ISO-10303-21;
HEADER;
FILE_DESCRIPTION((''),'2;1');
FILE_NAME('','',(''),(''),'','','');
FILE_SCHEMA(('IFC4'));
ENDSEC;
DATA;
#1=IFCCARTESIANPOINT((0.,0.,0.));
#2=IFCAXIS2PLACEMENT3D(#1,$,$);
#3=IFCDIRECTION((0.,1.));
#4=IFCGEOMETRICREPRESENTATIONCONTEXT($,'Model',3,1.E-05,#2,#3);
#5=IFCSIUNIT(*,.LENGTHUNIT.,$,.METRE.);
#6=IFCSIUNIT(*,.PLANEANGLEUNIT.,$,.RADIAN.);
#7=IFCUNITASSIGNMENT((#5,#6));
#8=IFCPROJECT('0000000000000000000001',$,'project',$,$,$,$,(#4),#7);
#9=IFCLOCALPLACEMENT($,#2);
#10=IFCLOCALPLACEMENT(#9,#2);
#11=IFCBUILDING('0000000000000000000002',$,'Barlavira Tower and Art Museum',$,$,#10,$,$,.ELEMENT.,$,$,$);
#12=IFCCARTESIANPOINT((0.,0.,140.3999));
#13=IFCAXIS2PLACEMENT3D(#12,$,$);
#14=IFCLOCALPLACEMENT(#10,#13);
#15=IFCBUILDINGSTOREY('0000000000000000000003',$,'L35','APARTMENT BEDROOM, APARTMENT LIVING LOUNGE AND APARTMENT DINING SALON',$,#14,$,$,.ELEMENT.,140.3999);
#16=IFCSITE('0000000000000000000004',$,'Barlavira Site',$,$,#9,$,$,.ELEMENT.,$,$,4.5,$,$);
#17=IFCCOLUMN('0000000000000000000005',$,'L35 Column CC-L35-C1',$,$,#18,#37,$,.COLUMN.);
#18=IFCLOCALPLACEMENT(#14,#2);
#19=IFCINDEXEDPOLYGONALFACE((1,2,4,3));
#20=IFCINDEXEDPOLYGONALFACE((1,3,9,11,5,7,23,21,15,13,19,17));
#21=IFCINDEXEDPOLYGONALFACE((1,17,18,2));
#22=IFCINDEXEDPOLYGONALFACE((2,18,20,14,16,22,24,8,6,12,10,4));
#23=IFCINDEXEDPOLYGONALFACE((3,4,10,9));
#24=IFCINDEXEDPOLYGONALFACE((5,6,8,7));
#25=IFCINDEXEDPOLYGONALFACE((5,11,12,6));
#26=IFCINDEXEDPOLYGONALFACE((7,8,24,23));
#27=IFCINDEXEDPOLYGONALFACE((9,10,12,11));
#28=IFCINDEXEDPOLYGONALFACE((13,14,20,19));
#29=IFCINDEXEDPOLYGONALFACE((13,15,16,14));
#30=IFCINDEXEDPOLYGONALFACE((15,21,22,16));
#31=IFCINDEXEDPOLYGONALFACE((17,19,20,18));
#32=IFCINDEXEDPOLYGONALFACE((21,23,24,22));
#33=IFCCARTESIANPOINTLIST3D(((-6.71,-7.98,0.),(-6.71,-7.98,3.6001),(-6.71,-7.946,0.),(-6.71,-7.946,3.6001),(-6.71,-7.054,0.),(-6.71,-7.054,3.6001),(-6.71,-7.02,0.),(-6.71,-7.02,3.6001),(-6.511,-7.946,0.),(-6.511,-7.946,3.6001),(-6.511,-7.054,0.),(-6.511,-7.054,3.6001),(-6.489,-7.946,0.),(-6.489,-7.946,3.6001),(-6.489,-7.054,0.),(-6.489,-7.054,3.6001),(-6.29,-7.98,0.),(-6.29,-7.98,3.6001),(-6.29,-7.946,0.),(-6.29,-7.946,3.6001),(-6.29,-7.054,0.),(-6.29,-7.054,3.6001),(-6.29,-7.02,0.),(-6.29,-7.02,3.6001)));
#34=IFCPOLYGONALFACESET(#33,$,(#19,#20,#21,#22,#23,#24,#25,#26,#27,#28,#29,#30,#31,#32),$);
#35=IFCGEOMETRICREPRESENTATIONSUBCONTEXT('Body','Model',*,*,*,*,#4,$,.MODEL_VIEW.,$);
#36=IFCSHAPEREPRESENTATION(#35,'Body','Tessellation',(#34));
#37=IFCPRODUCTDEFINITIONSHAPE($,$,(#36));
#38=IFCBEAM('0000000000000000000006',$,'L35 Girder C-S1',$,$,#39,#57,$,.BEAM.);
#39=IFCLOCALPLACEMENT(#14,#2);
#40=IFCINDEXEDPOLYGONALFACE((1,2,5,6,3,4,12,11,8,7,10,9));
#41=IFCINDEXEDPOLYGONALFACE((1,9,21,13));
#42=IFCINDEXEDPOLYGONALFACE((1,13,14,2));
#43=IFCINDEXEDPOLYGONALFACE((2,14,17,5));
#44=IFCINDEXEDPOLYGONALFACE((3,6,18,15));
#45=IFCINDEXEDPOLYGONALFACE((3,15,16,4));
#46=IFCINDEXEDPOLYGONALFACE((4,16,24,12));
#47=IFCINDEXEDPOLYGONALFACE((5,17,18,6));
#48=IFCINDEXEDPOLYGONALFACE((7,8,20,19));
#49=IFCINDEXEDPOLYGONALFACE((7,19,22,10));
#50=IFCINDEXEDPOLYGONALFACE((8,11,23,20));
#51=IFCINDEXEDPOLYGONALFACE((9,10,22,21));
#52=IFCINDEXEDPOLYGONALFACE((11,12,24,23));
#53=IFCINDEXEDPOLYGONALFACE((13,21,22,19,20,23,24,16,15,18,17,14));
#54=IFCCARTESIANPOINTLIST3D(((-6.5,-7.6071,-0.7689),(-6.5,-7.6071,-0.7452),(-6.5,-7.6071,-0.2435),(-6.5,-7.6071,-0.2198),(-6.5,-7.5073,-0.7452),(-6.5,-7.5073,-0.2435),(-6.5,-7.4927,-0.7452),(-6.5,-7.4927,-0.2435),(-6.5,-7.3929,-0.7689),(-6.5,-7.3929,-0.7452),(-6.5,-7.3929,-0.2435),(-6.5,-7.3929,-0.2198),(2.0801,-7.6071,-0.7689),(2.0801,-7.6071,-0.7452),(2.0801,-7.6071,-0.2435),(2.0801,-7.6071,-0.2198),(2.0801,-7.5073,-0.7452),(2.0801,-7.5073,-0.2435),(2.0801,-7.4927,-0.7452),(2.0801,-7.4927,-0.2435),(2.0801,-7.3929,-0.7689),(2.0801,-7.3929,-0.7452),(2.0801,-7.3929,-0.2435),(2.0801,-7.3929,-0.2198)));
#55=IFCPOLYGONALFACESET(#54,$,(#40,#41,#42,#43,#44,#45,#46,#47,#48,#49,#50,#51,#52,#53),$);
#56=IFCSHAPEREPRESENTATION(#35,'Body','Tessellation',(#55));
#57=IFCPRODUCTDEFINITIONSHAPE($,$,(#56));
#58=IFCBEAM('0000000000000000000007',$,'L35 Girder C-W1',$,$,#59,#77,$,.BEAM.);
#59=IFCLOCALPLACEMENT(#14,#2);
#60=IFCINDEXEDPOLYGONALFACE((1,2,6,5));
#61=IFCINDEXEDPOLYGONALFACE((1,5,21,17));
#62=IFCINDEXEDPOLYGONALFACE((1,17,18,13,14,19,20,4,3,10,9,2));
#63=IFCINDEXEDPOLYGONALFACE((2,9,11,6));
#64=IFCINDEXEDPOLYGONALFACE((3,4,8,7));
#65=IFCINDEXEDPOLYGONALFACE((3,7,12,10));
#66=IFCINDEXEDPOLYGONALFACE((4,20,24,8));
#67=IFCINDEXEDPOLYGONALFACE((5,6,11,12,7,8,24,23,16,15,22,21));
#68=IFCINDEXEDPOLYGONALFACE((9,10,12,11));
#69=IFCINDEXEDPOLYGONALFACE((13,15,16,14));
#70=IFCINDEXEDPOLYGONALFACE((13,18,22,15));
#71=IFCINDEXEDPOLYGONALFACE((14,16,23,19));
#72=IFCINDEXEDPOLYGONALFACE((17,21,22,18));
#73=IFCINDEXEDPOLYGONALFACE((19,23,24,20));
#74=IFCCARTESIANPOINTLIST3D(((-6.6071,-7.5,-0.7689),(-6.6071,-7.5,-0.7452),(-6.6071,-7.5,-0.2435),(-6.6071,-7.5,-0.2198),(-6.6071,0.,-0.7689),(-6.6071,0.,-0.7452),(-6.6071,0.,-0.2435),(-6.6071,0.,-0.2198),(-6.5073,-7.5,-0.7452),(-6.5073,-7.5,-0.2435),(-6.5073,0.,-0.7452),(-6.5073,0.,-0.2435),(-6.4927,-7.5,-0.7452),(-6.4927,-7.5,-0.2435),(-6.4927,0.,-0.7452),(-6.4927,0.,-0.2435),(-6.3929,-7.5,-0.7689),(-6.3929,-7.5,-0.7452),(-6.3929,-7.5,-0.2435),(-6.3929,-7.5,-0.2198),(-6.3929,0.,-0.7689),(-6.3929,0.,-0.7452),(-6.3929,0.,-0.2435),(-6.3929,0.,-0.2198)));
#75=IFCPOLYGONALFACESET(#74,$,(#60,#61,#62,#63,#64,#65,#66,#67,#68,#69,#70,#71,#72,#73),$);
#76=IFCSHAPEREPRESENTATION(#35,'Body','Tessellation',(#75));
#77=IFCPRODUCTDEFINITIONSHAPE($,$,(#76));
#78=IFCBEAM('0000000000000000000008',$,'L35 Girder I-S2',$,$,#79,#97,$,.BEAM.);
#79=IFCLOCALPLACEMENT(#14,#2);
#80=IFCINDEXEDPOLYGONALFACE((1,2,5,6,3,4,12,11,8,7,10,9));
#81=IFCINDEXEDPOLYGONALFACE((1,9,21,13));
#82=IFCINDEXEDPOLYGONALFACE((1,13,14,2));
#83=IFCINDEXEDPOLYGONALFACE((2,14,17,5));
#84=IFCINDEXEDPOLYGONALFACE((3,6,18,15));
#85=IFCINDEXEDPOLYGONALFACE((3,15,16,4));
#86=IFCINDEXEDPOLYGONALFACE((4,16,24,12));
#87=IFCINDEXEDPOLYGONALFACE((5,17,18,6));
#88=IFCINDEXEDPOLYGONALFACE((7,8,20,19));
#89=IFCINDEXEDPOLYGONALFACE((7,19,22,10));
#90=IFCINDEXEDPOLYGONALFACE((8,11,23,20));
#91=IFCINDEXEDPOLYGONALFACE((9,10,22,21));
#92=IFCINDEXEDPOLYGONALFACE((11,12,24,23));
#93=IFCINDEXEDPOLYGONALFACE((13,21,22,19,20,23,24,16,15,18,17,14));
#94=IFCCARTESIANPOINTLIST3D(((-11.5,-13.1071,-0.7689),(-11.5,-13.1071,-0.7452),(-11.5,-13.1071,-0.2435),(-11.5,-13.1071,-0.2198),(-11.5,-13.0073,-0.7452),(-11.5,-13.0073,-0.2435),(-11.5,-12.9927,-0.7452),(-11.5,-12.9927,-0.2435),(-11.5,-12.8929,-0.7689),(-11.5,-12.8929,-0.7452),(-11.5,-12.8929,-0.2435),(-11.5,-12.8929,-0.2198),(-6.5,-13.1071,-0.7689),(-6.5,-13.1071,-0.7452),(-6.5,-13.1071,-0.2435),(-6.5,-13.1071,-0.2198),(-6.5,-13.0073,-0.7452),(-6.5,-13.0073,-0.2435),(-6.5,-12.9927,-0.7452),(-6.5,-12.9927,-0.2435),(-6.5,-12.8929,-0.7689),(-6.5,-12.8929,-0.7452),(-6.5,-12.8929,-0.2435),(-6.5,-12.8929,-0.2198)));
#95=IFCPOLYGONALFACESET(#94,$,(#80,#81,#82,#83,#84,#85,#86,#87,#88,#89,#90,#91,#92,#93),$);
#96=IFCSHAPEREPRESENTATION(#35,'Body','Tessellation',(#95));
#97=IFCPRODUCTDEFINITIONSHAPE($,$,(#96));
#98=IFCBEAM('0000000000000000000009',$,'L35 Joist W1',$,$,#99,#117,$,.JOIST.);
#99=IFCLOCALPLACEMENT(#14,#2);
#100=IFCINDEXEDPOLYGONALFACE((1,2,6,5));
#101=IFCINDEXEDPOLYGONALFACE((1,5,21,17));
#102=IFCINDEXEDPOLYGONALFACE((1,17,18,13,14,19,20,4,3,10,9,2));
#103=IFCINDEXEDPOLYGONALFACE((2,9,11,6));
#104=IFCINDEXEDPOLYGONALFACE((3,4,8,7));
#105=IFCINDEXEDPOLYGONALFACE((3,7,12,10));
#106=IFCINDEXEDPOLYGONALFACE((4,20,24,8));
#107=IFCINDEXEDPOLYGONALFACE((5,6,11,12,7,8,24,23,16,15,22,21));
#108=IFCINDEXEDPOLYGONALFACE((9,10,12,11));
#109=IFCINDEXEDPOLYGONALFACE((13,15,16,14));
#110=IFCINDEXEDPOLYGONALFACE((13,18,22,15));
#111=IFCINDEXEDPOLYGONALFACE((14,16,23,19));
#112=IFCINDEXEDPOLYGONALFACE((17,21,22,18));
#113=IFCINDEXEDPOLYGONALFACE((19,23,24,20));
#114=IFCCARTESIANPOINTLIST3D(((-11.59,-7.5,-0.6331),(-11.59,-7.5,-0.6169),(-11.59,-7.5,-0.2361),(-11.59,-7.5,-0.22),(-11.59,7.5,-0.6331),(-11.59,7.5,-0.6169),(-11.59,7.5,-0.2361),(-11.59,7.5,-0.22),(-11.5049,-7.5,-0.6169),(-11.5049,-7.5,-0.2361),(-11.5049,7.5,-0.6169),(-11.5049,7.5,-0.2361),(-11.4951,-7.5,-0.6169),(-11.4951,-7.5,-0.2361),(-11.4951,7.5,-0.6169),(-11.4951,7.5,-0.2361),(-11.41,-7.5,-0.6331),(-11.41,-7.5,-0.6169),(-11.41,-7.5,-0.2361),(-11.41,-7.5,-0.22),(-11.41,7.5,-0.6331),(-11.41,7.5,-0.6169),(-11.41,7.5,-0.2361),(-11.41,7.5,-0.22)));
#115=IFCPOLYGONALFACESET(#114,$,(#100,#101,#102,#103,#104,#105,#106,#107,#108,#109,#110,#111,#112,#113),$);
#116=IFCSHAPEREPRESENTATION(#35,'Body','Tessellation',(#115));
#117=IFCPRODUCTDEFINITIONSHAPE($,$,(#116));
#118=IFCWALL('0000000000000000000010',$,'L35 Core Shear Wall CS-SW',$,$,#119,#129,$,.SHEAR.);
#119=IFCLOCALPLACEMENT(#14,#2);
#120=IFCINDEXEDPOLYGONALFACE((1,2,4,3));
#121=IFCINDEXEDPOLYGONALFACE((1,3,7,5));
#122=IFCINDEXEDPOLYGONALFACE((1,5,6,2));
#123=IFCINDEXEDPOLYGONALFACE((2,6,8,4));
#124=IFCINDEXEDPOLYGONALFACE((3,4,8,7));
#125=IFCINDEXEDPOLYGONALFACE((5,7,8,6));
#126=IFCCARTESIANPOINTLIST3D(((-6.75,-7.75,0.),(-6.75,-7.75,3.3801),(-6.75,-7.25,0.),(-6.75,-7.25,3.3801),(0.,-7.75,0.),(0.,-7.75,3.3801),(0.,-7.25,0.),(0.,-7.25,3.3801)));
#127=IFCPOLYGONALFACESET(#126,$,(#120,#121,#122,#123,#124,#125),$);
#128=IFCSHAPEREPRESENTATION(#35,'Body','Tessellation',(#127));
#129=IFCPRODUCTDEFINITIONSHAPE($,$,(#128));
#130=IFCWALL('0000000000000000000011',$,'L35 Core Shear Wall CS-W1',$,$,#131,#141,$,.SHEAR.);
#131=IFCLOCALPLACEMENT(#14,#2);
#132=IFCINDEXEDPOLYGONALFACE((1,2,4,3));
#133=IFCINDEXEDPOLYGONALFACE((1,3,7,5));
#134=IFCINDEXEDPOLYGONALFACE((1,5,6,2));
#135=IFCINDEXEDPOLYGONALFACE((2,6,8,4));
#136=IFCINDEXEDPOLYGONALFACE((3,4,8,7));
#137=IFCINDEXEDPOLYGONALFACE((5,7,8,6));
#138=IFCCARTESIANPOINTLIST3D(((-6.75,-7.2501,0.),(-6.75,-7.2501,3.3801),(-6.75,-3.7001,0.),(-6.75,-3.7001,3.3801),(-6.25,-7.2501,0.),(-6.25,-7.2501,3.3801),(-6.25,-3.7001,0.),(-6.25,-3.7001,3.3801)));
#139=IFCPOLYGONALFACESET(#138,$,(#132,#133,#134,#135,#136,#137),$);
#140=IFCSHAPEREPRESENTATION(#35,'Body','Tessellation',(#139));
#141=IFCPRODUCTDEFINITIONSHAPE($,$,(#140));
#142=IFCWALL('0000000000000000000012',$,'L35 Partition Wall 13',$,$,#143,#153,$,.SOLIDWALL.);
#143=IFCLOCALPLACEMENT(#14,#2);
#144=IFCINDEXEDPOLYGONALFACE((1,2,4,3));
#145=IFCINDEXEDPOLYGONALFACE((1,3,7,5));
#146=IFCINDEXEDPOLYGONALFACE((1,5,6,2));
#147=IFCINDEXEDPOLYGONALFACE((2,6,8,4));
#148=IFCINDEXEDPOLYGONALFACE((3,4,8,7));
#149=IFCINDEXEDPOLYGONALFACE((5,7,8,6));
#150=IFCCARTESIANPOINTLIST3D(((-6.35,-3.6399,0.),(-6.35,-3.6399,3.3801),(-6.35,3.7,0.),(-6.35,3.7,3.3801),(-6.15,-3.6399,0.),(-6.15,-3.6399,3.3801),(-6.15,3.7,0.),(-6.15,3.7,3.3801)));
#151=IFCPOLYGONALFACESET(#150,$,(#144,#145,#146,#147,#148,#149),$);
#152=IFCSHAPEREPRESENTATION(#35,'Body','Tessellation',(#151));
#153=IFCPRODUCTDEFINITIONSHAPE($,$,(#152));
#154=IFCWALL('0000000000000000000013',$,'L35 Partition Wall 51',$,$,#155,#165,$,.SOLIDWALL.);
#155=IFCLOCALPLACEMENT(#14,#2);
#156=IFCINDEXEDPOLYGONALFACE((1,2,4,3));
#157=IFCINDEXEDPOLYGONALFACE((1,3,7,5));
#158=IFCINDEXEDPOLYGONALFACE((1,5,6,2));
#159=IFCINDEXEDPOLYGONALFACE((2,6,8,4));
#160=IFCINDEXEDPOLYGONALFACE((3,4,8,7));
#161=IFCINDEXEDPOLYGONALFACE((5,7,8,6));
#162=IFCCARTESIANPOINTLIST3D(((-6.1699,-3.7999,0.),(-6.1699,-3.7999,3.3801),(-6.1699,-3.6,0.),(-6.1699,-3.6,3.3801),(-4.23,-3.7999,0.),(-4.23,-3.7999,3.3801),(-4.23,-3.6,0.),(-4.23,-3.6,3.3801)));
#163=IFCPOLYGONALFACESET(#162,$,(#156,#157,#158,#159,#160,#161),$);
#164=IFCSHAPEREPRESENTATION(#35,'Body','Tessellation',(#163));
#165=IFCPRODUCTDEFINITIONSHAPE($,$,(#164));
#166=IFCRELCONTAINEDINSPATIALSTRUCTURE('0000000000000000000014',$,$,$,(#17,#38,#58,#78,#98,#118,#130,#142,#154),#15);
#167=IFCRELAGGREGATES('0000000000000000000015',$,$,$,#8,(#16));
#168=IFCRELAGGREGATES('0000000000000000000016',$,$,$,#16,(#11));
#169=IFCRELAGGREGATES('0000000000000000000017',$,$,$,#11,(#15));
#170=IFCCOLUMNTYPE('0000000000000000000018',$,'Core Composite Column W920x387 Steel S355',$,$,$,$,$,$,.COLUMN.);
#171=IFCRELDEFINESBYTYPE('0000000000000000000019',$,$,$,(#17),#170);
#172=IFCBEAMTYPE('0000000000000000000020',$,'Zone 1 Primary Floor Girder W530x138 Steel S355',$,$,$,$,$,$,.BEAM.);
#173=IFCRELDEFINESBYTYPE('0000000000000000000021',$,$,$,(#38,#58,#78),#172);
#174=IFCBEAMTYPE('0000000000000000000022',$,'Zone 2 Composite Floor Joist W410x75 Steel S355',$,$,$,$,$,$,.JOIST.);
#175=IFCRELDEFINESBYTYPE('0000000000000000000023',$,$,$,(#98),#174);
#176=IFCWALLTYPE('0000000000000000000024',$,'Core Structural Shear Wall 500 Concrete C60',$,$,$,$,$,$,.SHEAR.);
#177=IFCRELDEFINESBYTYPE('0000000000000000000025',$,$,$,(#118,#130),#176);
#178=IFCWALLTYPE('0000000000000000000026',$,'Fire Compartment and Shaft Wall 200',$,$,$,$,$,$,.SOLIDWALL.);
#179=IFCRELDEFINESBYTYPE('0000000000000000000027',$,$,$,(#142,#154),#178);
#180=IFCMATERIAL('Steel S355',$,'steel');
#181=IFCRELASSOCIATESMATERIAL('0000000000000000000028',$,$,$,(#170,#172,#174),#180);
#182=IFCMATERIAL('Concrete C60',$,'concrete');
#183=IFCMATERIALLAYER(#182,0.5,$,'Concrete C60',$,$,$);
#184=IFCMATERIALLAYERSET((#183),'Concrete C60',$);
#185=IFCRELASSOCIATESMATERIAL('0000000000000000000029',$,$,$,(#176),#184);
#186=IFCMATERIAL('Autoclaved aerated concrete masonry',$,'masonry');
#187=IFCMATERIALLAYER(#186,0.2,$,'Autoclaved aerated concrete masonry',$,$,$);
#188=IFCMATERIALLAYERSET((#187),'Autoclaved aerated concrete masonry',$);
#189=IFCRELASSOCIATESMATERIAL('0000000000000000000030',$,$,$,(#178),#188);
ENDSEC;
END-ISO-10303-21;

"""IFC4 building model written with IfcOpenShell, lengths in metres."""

from ifc_helpers import new_model, si_unit, direction, frame, frame_2d, origin, origin_2d, place, context, subcontext, project, spatial, rectangle, i_section, extrude, material, layer, layer_set, material_profile, profile_set, type_object, element, save


model = new_model("IFC4")

# Units and contexts
model_context = context("Model", 3, precision=1e-05, world=origin(), true_north=direction((0.0, 1.0)))
body_context = subcontext(model_context, "Body", "Model", "MODEL_VIEW")
ifc_project = project(units=[si_unit("LENGTHUNIT", "METRE"), si_unit("PLANEANGLEUNIT", "RADIAN")], contexts=[model_context])

# Site, building, storey
site_placement = place(None, origin())
site = spatial("IfcSite", under=ifc_project, at=site_placement, Name="Barlavira Site", CompositionType="ELEMENT", RefElevation=4.5)
building_placement = place(site_placement, origin())
building = spatial("IfcBuilding", under=site, at=building_placement, Name="Barlavira Tower and Art Museum", CompositionType="ELEMENT")
storey_placement = place(building_placement, frame((0.0, 0.0, 140.3999)))
storey = spatial("IfcBuildingStorey", under=building, at=storey_placement, Name="L35", Description="APARTMENT BEDROOM, APARTMENT LIVING LOUNGE AND APARTMENT DINING SALON", CompositionType="ELEMENT", Elevation=140.3999)

# Column
ifc_material_1 = material(Name="Steel S355", Category="steel")
ifc_material_profile_1 = material_profile(ifc_material_1, i_section(OverallWidth=0.4199, OverallDepth=0.96, WebThickness=0.022, FlangeThickness=0.0339, at=origin_2d()), Name="W920x387.0")
ifc_profile_set_1 = profile_set([ifc_material_profile_1], Name="Steel S355")
column_type = type_object("IfcColumnType", Name="Core Composite Column W920x387 Steel S355", PredefinedType="COLUMN", material=ifc_profile_set_1)
column_placement = place(storey_placement, frame((-6.5, -7.5, 0.0), z_axis=(0.0, 0.0, 1.0), x_axis=(1.0, 0.0, 0.0)))
element("IfcColumn", 1, at=column_placement, inside=storey, type_object=column_type, Name="L35 Column CC-L35-C1", PredefinedType="COLUMN", context=body_context, shape_type="SweptSolid", body=[
    extrude(i_section(OverallWidth=0.4199, OverallDepth=0.96, WebThickness=0.022, FlangeThickness=0.0339, at=origin_2d()), origin(), (0.0, 0.0, 1.0), 3.6001),
])

# Beams
ifc_material_profile_2 = material_profile(ifc_material_1, i_section(OverallWidth=0.2141, OverallDepth=0.5491, WebThickness=0.0146, FlangeThickness=0.0237, at=origin_2d()), Name="W530x138.0")
ifc_profile_set_2 = profile_set([ifc_material_profile_2], Name="Steel S355")
beam_type_1 = type_object("IfcBeamType", Name="Zone 1 Primary Floor Girder W530x138 Steel S355", PredefinedType="BEAM", material=ifc_profile_set_2)
beam_1_placement = place(storey_placement, frame((-6.5, -7.5, -0.4944), z_axis=(1.0, 0.0, 0.0), x_axis=(0.0, 1.0, 0.0)))
element("IfcBeam", 2, at=beam_1_placement, inside=storey, type_object=beam_type_1, Name="L35 Girder C-S1", PredefinedType="BEAM", context=body_context, shape_type="SweptSolid", body=[
    extrude(i_section(OverallWidth=0.2141, OverallDepth=0.5491, WebThickness=0.0146, FlangeThickness=0.0237, at=origin_2d()), origin(), (0.0, 0.0, 1.0), 8.5801),
])
beam_2_placement = place(storey_placement, frame((-6.5, -7.5, -0.4944), z_axis=(0.0, 1.0, 0.0), x_axis=(-1.0, 0.0, 0.0)))
element("IfcBeam", 3, at=beam_2_placement, inside=storey, type_object=beam_type_1, Name="L35 Girder C-W1", PredefinedType="BEAM", context=body_context, shape_type="SweptSolid", body=[
    extrude(i_section(OverallWidth=0.2141, OverallDepth=0.5491, WebThickness=0.0146, FlangeThickness=0.0237, at=origin_2d()), origin(), (0.0, 0.0, 1.0), 7.5),
])
beam_3_placement = place(storey_placement, frame((-11.5, -13.0, -0.4944), z_axis=(1.0, 0.0, 0.0), x_axis=(0.0, 1.0, 0.0)))
element("IfcBeam", 4, at=beam_3_placement, inside=storey, type_object=beam_type_1, Name="L35 Girder I-S2", PredefinedType="BEAM", context=body_context, shape_type="SweptSolid", body=[
    extrude(i_section(OverallWidth=0.2141, OverallDepth=0.5491, WebThickness=0.0146, FlangeThickness=0.0237, at=origin_2d()), origin(), (0.0, 0.0, 1.0), 5.0),
])
ifc_material_profile_3 = material_profile(ifc_material_1, i_section(OverallWidth=0.1799, OverallDepth=0.4131, WebThickness=0.0098, FlangeThickness=0.0161, at=origin_2d()), Name="W410x75.0")
ifc_profile_set_3 = profile_set([ifc_material_profile_3], Name="Steel S355")
beam_type_2 = type_object("IfcBeamType", Name="Zone 2 Composite Floor Joist W410x75 Steel S355", PredefinedType="JOIST", material=ifc_profile_set_3)
beam_4_placement = place(storey_placement, frame((-11.5, -7.5, -0.4265), z_axis=(0.0, 1.0, 0.0), x_axis=(-1.0, 0.0, 0.0)))
element("IfcBeam", 5, at=beam_4_placement, inside=storey, type_object=beam_type_2, Name="L35 Joist W1", PredefinedType="JOIST", context=body_context, shape_type="SweptSolid", body=[
    extrude(i_section(OverallWidth=0.1799, OverallDepth=0.4131, WebThickness=0.0098, FlangeThickness=0.0161, at=origin_2d()), origin(), (0.0, 0.0, 1.0), 15.0),
])

# Walls
ifc_material_2 = material(Name="Concrete C60", Category="concrete")
ifc_layer_1 = layer(ifc_material_2, 0.5, Name="Concrete C60")
ifc_layer_set_1 = layer_set([ifc_layer_1], Name="Concrete C60")
wall_type_1 = type_object("IfcWallType", Name="Core Structural Shear Wall 500 Concrete C60", PredefinedType="SHEAR", material=ifc_layer_set_1)
wall_1_placement = place(storey_placement, frame((-6.75, -7.5, 0.0), z_axis=(0.0, 0.0, 1.0), x_axis=(1.0, 0.0, 0.0)))
element("IfcWall", 6, at=wall_1_placement, inside=storey, type_object=wall_type_1, Name="L35 Core Shear Wall CS-SW", PredefinedType="SHEAR", context=body_context, shape_type="SweptSolid", body=[
    extrude(rectangle(XDim=6.75, YDim=0.5, at=frame_2d((3.375, 0.0))), origin(), (0.0, 0.0, 1.0), 3.3801),
])
wall_2_placement = place(storey_placement, frame((-6.5, -7.25, 0.0), z_axis=(0.0, 0.0, 1.0), x_axis=(0.0, 1.0, 0.0)))
element("IfcWall", 7, at=wall_2_placement, inside=storey, type_object=wall_type_1, Name="L35 Core Shear Wall CS-W1", PredefinedType="SHEAR", context=body_context, shape_type="SweptSolid", body=[
    extrude(rectangle(XDim=3.55, YDim=0.5, at=frame_2d((1.7749, 0.0))), origin(), (0.0, 0.0, 1.0), 3.3801),
])
ifc_material_3 = material(Name="Autoclaved aerated concrete masonry", Category="masonry")
ifc_layer_2 = layer(ifc_material_3, 0.2, Name="Autoclaved aerated concrete masonry")
ifc_layer_set_2 = layer_set([ifc_layer_2], Name="Autoclaved aerated concrete masonry")
wall_type_2 = type_object("IfcWallType", Name="Fire Compartment and Shaft Wall 200", PredefinedType="SOLIDWALL", material=ifc_layer_set_2)
wall_3_placement = place(storey_placement, frame((-6.25, -3.6399, 0.0), z_axis=(0.0, 0.0, 1.0), x_axis=(0.0, 1.0, 0.0)))
element("IfcWall", 8, at=wall_3_placement, inside=storey, type_object=wall_type_2, Name="L35 Partition Wall 13", PredefinedType="SOLIDWALL", context=body_context, shape_type="SweptSolid", body=[
    extrude(rectangle(XDim=7.3398, YDim=0.2, at=frame_2d((3.6699, 0.0))), origin(), (0.0, 0.0, 1.0), 3.3801),
])

# Wall
wall_4_placement = place(storey_placement, frame((-6.1699, -3.7, 0.0), z_axis=(0.0, 0.0, 1.0), x_axis=(1.0, 0.0, 0.0)))
element("IfcWall", 9, at=wall_4_placement, inside=storey, type_object=wall_type_2, Name="L35 Partition Wall 51", PredefinedType="SOLIDWALL", context=body_context, shape_type="SweptSolid", body=[
    extrude(rectangle(XDim=1.9399, YDim=0.2, at=frame_2d((0.97, 0.0))), origin(), (0.0, 0.0, 1.0), 3.3801),
])

save(model, "model.ifc")
